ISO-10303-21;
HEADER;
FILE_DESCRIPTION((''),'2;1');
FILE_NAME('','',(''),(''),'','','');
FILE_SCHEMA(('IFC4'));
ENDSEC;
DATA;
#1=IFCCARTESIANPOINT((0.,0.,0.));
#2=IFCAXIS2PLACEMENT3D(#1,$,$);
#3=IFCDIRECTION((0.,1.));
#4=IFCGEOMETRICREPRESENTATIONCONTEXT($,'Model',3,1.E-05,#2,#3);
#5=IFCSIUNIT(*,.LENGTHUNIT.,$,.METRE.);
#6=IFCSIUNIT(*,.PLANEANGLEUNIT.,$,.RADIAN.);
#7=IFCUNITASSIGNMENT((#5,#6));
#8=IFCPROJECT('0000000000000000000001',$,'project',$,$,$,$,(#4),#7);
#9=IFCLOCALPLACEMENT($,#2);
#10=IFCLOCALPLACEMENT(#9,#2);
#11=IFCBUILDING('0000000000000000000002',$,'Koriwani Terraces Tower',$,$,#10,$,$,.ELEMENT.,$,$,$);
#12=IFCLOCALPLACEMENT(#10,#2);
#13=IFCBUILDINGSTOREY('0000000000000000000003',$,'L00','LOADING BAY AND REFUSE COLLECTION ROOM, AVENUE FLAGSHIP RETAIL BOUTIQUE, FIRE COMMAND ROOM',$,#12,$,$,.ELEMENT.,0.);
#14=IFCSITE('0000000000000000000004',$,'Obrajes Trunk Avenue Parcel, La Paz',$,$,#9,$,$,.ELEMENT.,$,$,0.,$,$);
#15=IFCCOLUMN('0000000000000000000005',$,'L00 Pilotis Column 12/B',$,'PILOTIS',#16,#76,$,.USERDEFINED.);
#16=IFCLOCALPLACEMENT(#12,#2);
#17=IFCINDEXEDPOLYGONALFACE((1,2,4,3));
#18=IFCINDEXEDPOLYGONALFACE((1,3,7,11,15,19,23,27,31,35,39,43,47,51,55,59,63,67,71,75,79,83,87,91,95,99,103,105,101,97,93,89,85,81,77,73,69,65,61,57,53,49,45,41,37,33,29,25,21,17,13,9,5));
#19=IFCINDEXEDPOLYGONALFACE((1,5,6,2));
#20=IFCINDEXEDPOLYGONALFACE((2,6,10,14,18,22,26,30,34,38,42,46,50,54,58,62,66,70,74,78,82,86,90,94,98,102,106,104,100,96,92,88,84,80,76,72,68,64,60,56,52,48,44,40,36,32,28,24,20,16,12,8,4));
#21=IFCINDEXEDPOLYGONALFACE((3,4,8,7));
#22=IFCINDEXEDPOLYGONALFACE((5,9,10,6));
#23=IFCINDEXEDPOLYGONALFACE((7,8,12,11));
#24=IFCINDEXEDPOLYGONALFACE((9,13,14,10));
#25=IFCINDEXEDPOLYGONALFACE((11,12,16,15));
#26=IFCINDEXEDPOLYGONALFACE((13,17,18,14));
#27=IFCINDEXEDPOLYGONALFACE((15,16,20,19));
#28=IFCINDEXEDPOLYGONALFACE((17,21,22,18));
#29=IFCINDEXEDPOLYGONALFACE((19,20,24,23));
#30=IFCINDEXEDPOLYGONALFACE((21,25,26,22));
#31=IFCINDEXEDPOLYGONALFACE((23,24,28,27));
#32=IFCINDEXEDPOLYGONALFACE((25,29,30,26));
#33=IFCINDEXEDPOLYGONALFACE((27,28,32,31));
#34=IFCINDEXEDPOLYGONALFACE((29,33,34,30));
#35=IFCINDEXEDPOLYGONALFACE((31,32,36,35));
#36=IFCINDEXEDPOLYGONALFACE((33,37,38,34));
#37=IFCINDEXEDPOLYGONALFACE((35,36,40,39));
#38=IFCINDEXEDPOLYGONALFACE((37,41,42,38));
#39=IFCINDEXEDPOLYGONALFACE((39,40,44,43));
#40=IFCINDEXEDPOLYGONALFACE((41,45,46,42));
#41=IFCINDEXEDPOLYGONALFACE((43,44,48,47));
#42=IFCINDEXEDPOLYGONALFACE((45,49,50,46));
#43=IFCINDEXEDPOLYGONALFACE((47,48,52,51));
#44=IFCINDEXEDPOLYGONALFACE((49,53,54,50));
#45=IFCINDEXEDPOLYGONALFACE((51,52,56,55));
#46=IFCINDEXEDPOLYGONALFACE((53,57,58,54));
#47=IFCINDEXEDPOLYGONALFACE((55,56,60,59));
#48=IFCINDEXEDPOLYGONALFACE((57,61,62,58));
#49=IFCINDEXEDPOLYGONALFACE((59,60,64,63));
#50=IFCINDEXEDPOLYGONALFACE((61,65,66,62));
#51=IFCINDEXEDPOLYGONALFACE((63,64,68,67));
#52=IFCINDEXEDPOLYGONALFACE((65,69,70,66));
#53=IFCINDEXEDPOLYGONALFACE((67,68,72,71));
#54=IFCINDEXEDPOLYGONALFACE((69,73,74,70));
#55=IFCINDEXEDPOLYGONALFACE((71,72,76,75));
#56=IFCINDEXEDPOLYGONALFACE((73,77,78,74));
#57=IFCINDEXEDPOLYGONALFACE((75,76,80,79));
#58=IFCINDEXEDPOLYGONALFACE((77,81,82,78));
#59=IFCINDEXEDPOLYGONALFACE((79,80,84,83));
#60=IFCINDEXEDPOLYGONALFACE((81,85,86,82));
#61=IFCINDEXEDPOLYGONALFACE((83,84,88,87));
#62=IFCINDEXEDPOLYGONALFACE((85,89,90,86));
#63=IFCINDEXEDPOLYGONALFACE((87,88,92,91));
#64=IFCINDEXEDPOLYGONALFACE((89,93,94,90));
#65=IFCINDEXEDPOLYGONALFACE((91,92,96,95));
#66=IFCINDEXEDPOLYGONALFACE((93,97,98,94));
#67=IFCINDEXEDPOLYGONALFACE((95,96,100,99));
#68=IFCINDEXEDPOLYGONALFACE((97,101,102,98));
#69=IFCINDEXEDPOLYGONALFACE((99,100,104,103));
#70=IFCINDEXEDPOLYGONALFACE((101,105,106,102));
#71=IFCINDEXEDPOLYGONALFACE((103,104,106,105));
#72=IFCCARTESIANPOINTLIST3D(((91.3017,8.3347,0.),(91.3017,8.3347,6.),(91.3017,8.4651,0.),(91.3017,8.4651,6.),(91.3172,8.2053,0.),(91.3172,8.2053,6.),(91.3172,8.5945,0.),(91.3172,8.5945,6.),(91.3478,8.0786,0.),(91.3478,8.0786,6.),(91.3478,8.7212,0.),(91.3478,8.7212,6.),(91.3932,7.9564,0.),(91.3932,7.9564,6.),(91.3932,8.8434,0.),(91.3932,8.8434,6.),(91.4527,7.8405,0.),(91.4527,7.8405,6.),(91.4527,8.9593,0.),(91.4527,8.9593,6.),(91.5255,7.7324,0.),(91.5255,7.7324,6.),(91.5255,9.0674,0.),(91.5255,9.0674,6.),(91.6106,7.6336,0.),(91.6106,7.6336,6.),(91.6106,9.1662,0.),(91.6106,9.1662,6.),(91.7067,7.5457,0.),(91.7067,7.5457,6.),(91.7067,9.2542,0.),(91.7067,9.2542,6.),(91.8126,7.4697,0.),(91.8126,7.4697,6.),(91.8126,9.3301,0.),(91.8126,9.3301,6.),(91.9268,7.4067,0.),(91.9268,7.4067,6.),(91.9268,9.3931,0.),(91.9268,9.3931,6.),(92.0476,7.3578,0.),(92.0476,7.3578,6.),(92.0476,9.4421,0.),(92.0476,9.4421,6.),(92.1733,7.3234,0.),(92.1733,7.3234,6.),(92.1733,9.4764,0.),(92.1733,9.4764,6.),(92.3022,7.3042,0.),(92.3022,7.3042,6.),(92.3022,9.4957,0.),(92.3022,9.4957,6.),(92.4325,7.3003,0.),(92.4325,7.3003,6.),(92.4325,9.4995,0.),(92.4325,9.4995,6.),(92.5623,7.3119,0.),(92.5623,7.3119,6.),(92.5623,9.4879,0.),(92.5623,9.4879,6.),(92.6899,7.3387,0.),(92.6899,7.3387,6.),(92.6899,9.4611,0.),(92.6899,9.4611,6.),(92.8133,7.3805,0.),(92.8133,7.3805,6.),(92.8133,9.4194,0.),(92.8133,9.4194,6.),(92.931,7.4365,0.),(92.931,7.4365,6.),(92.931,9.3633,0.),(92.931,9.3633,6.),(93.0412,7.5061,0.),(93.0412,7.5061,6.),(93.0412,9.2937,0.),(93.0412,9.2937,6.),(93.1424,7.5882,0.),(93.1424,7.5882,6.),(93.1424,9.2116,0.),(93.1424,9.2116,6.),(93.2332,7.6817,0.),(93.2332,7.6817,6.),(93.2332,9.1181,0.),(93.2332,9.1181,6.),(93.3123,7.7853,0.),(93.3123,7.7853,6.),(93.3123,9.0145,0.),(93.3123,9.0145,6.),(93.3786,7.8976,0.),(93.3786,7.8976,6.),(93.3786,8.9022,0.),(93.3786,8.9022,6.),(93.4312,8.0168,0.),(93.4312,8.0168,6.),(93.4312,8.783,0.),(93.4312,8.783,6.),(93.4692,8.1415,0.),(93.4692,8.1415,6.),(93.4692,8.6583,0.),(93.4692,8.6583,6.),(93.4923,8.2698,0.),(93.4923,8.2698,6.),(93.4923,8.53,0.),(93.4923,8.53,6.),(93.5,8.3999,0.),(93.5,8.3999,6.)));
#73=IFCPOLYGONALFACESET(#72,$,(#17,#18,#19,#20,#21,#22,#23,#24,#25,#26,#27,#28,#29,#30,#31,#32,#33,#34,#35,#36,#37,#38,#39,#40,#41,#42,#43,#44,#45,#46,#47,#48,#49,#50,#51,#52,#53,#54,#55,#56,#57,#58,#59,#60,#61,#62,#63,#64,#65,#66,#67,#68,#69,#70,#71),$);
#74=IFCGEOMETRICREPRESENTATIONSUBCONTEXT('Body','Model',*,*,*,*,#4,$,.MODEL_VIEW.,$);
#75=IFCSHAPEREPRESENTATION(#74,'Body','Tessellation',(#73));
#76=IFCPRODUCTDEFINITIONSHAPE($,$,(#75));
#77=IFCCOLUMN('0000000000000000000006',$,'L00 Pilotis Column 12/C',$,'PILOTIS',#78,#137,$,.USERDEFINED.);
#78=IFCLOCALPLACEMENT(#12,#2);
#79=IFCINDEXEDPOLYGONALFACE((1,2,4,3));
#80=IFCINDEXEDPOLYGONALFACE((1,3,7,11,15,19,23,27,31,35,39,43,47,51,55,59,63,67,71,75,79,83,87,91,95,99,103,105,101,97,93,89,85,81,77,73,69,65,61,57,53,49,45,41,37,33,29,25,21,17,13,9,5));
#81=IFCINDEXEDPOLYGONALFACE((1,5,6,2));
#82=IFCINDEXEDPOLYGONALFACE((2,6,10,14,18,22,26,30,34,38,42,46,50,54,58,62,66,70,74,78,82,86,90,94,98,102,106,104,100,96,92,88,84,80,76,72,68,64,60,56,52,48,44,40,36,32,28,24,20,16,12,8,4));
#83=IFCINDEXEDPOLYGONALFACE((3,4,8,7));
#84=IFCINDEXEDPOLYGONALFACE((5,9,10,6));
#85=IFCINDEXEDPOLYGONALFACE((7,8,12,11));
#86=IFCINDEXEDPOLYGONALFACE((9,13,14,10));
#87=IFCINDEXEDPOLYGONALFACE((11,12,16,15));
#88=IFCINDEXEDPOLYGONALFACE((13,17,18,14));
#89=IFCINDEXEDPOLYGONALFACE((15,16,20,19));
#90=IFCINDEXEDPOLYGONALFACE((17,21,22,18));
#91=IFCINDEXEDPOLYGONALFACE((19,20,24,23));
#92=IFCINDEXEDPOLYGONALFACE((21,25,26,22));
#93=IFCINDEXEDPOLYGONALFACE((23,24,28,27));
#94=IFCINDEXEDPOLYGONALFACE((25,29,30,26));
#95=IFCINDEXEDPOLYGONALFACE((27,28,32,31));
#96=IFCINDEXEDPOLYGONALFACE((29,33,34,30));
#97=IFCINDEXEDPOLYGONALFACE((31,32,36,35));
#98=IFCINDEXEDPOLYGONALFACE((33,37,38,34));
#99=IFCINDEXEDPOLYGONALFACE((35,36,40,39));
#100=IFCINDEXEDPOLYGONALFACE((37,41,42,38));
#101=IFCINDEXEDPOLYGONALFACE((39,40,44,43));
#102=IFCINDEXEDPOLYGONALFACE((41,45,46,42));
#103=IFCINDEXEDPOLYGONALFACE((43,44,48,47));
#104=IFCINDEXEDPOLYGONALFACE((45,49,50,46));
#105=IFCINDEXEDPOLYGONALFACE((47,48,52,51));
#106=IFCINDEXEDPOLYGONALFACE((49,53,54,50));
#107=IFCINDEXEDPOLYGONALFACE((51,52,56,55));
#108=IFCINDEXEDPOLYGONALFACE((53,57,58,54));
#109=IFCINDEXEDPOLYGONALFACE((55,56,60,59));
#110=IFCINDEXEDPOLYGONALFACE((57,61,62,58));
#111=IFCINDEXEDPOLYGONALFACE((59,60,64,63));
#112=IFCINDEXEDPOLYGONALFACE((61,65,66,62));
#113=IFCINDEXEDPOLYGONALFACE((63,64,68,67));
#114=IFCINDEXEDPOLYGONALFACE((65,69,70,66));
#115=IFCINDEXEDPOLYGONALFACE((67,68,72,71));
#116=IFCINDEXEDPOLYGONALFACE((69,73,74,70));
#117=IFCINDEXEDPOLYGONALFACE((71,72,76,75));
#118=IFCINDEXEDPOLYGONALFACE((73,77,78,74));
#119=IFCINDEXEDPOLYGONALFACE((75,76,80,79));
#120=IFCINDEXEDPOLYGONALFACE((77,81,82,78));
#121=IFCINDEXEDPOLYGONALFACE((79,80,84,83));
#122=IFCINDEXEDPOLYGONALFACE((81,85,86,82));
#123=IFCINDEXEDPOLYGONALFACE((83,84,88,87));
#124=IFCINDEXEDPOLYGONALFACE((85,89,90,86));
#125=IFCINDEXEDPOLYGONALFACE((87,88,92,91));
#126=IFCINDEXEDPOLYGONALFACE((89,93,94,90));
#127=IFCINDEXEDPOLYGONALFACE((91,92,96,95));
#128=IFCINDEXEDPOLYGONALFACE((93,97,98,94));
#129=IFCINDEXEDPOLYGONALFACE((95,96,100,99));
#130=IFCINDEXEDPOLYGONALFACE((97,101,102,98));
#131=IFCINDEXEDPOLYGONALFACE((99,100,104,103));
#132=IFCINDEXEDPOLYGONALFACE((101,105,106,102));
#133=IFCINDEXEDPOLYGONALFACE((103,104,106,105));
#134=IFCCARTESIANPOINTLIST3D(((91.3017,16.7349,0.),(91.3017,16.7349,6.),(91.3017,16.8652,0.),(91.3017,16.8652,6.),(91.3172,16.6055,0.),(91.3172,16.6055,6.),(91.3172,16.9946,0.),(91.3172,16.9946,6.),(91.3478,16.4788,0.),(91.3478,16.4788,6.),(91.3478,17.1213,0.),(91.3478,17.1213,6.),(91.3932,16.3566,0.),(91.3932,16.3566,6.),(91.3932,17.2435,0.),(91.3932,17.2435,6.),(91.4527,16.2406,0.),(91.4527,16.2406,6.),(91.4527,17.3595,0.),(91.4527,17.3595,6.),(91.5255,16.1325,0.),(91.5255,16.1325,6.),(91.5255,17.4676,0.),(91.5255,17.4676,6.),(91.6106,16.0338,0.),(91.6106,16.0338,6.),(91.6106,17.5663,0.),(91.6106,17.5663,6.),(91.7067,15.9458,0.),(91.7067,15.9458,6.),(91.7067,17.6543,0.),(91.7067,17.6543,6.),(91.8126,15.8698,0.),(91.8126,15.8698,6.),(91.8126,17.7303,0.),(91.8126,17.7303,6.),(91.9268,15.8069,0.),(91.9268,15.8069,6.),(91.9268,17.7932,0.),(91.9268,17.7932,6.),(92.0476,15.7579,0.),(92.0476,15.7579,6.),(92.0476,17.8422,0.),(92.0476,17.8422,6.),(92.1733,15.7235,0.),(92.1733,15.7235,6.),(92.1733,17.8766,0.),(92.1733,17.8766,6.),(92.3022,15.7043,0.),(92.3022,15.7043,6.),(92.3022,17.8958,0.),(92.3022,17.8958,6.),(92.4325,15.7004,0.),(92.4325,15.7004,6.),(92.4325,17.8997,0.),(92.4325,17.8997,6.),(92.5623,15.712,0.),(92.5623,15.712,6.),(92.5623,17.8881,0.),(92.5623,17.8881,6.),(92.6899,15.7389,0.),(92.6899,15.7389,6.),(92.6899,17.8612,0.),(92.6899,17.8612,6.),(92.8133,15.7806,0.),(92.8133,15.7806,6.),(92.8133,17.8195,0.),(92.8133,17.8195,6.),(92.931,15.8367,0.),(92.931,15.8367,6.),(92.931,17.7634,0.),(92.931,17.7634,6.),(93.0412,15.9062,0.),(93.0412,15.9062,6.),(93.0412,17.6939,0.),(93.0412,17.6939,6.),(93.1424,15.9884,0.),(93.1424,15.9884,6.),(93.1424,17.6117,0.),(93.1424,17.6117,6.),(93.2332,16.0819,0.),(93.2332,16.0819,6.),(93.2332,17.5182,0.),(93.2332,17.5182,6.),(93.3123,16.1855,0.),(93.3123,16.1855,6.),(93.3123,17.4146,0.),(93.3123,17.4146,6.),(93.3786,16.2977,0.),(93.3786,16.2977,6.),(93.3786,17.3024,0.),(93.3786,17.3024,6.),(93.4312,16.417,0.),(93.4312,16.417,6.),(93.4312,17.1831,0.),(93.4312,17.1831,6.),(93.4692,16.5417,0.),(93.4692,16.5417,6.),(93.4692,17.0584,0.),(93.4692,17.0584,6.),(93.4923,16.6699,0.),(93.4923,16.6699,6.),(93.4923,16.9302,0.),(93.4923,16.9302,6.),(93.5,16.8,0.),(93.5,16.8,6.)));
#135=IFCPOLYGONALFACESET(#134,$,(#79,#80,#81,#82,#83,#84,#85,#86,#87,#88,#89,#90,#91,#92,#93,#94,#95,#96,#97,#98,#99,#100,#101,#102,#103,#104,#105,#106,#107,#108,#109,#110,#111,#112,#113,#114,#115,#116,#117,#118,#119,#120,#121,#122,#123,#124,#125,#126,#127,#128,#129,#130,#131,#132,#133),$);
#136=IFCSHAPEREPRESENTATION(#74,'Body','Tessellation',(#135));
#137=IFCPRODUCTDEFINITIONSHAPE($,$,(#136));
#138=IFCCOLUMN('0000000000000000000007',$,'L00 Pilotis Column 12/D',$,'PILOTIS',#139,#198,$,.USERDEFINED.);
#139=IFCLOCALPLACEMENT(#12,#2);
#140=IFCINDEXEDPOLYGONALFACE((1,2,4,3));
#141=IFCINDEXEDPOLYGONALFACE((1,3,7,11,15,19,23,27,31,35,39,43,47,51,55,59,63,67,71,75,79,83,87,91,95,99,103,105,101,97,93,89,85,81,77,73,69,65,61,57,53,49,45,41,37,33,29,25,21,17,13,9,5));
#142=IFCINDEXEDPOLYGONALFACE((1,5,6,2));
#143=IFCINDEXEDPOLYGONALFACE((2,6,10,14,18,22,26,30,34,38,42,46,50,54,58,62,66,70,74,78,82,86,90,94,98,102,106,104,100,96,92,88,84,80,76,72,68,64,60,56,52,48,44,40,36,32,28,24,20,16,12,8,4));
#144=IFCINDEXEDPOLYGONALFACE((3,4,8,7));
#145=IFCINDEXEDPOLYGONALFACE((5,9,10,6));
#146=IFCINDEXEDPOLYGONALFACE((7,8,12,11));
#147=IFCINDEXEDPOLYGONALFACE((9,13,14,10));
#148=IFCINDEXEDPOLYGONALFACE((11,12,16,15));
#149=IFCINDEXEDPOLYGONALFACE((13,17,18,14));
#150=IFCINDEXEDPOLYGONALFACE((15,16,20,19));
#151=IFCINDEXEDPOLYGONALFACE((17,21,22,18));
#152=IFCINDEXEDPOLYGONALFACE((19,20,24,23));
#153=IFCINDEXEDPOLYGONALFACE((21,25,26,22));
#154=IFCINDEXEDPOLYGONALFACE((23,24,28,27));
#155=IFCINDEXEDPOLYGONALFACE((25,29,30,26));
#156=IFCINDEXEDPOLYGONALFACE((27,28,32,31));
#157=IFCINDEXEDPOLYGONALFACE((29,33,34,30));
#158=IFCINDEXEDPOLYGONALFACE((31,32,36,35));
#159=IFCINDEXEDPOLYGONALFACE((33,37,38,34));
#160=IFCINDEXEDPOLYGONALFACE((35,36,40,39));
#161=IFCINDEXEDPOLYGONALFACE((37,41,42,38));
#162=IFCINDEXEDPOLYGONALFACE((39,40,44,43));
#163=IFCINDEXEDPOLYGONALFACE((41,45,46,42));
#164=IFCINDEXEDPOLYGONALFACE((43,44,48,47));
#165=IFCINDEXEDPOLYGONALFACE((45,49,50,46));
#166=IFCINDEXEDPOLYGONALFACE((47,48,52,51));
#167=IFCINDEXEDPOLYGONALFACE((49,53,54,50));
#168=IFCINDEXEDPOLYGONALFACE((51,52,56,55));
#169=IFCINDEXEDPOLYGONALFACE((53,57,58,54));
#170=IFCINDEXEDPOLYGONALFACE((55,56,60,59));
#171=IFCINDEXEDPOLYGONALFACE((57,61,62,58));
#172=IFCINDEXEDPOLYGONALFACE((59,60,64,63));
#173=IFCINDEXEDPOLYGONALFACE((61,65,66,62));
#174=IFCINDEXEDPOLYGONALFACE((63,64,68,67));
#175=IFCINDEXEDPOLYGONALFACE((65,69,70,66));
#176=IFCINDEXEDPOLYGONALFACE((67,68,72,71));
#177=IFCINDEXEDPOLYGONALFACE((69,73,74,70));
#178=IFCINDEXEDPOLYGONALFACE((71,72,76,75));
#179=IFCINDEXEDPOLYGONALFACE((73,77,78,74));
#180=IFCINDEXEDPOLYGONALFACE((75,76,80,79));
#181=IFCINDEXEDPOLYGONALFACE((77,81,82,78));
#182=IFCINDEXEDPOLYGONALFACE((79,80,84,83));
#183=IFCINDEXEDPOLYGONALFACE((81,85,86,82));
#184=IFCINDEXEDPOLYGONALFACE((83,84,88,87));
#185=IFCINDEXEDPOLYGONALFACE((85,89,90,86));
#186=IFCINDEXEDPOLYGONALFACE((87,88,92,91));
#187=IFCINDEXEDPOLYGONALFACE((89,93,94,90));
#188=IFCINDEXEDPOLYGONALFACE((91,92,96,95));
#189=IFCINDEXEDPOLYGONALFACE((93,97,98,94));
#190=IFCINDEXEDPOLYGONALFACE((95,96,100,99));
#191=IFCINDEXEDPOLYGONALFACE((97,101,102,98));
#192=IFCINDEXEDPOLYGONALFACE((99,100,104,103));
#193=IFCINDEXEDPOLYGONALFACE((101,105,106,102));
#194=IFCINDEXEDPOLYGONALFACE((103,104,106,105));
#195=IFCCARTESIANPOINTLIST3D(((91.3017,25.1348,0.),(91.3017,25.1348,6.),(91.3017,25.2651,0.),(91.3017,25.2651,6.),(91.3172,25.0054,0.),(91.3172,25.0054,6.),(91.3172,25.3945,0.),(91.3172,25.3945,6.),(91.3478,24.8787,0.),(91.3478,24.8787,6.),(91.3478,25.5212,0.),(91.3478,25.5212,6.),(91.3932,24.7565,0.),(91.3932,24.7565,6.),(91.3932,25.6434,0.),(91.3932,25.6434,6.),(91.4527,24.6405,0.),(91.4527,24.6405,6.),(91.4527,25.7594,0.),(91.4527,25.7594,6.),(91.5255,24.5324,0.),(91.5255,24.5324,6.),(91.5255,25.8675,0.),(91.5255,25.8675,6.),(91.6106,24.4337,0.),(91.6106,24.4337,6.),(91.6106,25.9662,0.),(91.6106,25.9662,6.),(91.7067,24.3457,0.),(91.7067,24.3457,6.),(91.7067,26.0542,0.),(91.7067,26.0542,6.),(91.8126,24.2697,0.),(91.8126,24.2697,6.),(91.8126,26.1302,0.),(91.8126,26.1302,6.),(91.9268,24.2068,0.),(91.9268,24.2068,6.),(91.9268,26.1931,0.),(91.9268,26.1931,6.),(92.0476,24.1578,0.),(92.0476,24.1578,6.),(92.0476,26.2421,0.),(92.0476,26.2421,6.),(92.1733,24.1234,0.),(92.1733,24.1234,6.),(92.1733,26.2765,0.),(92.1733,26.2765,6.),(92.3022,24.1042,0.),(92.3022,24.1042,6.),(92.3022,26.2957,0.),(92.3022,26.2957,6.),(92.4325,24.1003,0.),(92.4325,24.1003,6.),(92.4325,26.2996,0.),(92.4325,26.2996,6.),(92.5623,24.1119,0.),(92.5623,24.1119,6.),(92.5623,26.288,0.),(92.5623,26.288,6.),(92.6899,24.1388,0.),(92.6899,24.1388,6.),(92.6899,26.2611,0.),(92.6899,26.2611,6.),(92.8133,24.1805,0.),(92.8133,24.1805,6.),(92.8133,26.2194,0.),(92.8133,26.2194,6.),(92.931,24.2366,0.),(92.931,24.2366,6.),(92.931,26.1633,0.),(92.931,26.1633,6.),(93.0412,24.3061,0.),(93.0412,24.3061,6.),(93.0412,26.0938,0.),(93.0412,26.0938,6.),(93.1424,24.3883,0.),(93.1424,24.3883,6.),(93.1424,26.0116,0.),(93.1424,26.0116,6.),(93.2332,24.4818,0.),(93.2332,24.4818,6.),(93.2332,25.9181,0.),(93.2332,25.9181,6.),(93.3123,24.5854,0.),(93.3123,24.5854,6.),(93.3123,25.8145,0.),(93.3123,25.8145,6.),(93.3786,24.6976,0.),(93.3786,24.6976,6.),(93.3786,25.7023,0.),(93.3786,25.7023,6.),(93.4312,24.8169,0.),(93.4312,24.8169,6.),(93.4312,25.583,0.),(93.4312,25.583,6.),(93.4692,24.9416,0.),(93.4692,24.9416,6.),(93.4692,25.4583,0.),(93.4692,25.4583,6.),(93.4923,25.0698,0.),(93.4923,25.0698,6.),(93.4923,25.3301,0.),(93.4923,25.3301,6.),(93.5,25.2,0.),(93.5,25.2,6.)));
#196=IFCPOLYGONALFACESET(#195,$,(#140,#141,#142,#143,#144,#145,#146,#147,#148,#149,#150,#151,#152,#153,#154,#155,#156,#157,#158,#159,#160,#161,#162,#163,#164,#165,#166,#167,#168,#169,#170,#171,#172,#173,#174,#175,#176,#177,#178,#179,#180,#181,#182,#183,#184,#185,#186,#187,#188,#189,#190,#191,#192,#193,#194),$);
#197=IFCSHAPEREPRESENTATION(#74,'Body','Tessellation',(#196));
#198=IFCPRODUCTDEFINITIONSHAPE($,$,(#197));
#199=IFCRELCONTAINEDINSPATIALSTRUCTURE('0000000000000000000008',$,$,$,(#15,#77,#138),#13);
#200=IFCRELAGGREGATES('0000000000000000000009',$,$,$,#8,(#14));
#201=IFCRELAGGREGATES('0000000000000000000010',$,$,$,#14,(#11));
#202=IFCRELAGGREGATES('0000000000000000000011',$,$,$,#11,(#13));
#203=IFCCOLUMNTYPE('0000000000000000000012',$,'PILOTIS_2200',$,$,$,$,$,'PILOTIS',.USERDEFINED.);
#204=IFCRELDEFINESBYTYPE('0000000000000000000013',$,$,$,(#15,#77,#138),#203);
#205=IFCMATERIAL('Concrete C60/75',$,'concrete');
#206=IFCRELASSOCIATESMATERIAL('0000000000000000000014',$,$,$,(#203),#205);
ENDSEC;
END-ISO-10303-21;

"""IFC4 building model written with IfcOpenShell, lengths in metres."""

from ifc_helpers import new_model, si_unit, direction, frame, origin, origin_2d, place, context, subcontext, project, spatial, circle, extrude, material, material_profile, profile_set, type_object, element, save


model = new_model("IFC4")

# Units and contexts
model_context = context("Model", 3, precision=1e-05, world=origin(), true_north=direction((0.0, 1.0)))
body_context = subcontext(model_context, "Body", "Model", "MODEL_VIEW")
ifc_project = project(units=[si_unit("LENGTHUNIT", "METRE"), si_unit("PLANEANGLEUNIT", "RADIAN")], contexts=[model_context])

# Site, building, storey
site_placement = place(None, origin())
site = spatial("IfcSite", under=ifc_project, at=site_placement, Name="Obrajes Trunk Avenue Parcel, La Paz", CompositionType="ELEMENT", RefElevation=0.0)
building_placement = place(site_placement, origin())
building = spatial("IfcBuilding", under=site, at=building_placement, Name="Koriwani Terraces Tower", CompositionType="ELEMENT")
storey_placement = place(building_placement, origin())
storey = spatial("IfcBuildingStorey", under=building, at=storey_placement, Name="L00", Description="LOADING BAY AND REFUSE COLLECTION ROOM, AVENUE FLAGSHIP RETAIL BOUTIQUE, FIRE COMMAND ROOM", CompositionType="ELEMENT", Elevation=0.0)

# Columns
ifc_material_1 = material(Name="Concrete C60/75", Category="concrete")
ifc_material_profile_1 = material_profile(ifc_material_1, circle(Radius=1.1001, at=origin_2d()), Name="Concrete C60/75", Category="LoadBearing")
ifc_profile_set_1 = profile_set([ifc_material_profile_1], Name="Concrete C60/75")
column_type_1 = type_object("IfcColumnType", Name="PILOTIS_2200", ElementType="PILOTIS", PredefinedType="USERDEFINED", material=ifc_profile_set_1)
for number, where, z_axis, x_axis, name in (
    (1, (92.3999, 8.3999, 0.0), (0.0, 0.0, 1.0), (1.0, 0.0, 0.0), "L00 Pilotis Column 12/B"),
    (2, (92.3999, 16.8, 0.0), (0.0, 0.0, 1.0), (1.0, 0.0, 0.0), "L00 Pilotis Column 12/C"),
    (3, (92.3999, 25.2, 0.0), (0.0, 0.0, 1.0), (1.0, 0.0, 0.0), "L00 Pilotis Column 12/D"),
):
    element("IfcColumn", number, at=place(storey_placement, frame(where, z_axis=z_axis, x_axis=x_axis)), inside=storey, type_object=column_type_1, Name=name, ObjectType="PILOTIS", PredefinedType="USERDEFINED", context=body_context, shape_type="SweptSolid", body=[
        extrude(circle(Radius=1.1001, at=origin_2d()), origin(), (0.0, 0.0, 1.0), 6.0),
    ])

save(model, "model.ifc")
